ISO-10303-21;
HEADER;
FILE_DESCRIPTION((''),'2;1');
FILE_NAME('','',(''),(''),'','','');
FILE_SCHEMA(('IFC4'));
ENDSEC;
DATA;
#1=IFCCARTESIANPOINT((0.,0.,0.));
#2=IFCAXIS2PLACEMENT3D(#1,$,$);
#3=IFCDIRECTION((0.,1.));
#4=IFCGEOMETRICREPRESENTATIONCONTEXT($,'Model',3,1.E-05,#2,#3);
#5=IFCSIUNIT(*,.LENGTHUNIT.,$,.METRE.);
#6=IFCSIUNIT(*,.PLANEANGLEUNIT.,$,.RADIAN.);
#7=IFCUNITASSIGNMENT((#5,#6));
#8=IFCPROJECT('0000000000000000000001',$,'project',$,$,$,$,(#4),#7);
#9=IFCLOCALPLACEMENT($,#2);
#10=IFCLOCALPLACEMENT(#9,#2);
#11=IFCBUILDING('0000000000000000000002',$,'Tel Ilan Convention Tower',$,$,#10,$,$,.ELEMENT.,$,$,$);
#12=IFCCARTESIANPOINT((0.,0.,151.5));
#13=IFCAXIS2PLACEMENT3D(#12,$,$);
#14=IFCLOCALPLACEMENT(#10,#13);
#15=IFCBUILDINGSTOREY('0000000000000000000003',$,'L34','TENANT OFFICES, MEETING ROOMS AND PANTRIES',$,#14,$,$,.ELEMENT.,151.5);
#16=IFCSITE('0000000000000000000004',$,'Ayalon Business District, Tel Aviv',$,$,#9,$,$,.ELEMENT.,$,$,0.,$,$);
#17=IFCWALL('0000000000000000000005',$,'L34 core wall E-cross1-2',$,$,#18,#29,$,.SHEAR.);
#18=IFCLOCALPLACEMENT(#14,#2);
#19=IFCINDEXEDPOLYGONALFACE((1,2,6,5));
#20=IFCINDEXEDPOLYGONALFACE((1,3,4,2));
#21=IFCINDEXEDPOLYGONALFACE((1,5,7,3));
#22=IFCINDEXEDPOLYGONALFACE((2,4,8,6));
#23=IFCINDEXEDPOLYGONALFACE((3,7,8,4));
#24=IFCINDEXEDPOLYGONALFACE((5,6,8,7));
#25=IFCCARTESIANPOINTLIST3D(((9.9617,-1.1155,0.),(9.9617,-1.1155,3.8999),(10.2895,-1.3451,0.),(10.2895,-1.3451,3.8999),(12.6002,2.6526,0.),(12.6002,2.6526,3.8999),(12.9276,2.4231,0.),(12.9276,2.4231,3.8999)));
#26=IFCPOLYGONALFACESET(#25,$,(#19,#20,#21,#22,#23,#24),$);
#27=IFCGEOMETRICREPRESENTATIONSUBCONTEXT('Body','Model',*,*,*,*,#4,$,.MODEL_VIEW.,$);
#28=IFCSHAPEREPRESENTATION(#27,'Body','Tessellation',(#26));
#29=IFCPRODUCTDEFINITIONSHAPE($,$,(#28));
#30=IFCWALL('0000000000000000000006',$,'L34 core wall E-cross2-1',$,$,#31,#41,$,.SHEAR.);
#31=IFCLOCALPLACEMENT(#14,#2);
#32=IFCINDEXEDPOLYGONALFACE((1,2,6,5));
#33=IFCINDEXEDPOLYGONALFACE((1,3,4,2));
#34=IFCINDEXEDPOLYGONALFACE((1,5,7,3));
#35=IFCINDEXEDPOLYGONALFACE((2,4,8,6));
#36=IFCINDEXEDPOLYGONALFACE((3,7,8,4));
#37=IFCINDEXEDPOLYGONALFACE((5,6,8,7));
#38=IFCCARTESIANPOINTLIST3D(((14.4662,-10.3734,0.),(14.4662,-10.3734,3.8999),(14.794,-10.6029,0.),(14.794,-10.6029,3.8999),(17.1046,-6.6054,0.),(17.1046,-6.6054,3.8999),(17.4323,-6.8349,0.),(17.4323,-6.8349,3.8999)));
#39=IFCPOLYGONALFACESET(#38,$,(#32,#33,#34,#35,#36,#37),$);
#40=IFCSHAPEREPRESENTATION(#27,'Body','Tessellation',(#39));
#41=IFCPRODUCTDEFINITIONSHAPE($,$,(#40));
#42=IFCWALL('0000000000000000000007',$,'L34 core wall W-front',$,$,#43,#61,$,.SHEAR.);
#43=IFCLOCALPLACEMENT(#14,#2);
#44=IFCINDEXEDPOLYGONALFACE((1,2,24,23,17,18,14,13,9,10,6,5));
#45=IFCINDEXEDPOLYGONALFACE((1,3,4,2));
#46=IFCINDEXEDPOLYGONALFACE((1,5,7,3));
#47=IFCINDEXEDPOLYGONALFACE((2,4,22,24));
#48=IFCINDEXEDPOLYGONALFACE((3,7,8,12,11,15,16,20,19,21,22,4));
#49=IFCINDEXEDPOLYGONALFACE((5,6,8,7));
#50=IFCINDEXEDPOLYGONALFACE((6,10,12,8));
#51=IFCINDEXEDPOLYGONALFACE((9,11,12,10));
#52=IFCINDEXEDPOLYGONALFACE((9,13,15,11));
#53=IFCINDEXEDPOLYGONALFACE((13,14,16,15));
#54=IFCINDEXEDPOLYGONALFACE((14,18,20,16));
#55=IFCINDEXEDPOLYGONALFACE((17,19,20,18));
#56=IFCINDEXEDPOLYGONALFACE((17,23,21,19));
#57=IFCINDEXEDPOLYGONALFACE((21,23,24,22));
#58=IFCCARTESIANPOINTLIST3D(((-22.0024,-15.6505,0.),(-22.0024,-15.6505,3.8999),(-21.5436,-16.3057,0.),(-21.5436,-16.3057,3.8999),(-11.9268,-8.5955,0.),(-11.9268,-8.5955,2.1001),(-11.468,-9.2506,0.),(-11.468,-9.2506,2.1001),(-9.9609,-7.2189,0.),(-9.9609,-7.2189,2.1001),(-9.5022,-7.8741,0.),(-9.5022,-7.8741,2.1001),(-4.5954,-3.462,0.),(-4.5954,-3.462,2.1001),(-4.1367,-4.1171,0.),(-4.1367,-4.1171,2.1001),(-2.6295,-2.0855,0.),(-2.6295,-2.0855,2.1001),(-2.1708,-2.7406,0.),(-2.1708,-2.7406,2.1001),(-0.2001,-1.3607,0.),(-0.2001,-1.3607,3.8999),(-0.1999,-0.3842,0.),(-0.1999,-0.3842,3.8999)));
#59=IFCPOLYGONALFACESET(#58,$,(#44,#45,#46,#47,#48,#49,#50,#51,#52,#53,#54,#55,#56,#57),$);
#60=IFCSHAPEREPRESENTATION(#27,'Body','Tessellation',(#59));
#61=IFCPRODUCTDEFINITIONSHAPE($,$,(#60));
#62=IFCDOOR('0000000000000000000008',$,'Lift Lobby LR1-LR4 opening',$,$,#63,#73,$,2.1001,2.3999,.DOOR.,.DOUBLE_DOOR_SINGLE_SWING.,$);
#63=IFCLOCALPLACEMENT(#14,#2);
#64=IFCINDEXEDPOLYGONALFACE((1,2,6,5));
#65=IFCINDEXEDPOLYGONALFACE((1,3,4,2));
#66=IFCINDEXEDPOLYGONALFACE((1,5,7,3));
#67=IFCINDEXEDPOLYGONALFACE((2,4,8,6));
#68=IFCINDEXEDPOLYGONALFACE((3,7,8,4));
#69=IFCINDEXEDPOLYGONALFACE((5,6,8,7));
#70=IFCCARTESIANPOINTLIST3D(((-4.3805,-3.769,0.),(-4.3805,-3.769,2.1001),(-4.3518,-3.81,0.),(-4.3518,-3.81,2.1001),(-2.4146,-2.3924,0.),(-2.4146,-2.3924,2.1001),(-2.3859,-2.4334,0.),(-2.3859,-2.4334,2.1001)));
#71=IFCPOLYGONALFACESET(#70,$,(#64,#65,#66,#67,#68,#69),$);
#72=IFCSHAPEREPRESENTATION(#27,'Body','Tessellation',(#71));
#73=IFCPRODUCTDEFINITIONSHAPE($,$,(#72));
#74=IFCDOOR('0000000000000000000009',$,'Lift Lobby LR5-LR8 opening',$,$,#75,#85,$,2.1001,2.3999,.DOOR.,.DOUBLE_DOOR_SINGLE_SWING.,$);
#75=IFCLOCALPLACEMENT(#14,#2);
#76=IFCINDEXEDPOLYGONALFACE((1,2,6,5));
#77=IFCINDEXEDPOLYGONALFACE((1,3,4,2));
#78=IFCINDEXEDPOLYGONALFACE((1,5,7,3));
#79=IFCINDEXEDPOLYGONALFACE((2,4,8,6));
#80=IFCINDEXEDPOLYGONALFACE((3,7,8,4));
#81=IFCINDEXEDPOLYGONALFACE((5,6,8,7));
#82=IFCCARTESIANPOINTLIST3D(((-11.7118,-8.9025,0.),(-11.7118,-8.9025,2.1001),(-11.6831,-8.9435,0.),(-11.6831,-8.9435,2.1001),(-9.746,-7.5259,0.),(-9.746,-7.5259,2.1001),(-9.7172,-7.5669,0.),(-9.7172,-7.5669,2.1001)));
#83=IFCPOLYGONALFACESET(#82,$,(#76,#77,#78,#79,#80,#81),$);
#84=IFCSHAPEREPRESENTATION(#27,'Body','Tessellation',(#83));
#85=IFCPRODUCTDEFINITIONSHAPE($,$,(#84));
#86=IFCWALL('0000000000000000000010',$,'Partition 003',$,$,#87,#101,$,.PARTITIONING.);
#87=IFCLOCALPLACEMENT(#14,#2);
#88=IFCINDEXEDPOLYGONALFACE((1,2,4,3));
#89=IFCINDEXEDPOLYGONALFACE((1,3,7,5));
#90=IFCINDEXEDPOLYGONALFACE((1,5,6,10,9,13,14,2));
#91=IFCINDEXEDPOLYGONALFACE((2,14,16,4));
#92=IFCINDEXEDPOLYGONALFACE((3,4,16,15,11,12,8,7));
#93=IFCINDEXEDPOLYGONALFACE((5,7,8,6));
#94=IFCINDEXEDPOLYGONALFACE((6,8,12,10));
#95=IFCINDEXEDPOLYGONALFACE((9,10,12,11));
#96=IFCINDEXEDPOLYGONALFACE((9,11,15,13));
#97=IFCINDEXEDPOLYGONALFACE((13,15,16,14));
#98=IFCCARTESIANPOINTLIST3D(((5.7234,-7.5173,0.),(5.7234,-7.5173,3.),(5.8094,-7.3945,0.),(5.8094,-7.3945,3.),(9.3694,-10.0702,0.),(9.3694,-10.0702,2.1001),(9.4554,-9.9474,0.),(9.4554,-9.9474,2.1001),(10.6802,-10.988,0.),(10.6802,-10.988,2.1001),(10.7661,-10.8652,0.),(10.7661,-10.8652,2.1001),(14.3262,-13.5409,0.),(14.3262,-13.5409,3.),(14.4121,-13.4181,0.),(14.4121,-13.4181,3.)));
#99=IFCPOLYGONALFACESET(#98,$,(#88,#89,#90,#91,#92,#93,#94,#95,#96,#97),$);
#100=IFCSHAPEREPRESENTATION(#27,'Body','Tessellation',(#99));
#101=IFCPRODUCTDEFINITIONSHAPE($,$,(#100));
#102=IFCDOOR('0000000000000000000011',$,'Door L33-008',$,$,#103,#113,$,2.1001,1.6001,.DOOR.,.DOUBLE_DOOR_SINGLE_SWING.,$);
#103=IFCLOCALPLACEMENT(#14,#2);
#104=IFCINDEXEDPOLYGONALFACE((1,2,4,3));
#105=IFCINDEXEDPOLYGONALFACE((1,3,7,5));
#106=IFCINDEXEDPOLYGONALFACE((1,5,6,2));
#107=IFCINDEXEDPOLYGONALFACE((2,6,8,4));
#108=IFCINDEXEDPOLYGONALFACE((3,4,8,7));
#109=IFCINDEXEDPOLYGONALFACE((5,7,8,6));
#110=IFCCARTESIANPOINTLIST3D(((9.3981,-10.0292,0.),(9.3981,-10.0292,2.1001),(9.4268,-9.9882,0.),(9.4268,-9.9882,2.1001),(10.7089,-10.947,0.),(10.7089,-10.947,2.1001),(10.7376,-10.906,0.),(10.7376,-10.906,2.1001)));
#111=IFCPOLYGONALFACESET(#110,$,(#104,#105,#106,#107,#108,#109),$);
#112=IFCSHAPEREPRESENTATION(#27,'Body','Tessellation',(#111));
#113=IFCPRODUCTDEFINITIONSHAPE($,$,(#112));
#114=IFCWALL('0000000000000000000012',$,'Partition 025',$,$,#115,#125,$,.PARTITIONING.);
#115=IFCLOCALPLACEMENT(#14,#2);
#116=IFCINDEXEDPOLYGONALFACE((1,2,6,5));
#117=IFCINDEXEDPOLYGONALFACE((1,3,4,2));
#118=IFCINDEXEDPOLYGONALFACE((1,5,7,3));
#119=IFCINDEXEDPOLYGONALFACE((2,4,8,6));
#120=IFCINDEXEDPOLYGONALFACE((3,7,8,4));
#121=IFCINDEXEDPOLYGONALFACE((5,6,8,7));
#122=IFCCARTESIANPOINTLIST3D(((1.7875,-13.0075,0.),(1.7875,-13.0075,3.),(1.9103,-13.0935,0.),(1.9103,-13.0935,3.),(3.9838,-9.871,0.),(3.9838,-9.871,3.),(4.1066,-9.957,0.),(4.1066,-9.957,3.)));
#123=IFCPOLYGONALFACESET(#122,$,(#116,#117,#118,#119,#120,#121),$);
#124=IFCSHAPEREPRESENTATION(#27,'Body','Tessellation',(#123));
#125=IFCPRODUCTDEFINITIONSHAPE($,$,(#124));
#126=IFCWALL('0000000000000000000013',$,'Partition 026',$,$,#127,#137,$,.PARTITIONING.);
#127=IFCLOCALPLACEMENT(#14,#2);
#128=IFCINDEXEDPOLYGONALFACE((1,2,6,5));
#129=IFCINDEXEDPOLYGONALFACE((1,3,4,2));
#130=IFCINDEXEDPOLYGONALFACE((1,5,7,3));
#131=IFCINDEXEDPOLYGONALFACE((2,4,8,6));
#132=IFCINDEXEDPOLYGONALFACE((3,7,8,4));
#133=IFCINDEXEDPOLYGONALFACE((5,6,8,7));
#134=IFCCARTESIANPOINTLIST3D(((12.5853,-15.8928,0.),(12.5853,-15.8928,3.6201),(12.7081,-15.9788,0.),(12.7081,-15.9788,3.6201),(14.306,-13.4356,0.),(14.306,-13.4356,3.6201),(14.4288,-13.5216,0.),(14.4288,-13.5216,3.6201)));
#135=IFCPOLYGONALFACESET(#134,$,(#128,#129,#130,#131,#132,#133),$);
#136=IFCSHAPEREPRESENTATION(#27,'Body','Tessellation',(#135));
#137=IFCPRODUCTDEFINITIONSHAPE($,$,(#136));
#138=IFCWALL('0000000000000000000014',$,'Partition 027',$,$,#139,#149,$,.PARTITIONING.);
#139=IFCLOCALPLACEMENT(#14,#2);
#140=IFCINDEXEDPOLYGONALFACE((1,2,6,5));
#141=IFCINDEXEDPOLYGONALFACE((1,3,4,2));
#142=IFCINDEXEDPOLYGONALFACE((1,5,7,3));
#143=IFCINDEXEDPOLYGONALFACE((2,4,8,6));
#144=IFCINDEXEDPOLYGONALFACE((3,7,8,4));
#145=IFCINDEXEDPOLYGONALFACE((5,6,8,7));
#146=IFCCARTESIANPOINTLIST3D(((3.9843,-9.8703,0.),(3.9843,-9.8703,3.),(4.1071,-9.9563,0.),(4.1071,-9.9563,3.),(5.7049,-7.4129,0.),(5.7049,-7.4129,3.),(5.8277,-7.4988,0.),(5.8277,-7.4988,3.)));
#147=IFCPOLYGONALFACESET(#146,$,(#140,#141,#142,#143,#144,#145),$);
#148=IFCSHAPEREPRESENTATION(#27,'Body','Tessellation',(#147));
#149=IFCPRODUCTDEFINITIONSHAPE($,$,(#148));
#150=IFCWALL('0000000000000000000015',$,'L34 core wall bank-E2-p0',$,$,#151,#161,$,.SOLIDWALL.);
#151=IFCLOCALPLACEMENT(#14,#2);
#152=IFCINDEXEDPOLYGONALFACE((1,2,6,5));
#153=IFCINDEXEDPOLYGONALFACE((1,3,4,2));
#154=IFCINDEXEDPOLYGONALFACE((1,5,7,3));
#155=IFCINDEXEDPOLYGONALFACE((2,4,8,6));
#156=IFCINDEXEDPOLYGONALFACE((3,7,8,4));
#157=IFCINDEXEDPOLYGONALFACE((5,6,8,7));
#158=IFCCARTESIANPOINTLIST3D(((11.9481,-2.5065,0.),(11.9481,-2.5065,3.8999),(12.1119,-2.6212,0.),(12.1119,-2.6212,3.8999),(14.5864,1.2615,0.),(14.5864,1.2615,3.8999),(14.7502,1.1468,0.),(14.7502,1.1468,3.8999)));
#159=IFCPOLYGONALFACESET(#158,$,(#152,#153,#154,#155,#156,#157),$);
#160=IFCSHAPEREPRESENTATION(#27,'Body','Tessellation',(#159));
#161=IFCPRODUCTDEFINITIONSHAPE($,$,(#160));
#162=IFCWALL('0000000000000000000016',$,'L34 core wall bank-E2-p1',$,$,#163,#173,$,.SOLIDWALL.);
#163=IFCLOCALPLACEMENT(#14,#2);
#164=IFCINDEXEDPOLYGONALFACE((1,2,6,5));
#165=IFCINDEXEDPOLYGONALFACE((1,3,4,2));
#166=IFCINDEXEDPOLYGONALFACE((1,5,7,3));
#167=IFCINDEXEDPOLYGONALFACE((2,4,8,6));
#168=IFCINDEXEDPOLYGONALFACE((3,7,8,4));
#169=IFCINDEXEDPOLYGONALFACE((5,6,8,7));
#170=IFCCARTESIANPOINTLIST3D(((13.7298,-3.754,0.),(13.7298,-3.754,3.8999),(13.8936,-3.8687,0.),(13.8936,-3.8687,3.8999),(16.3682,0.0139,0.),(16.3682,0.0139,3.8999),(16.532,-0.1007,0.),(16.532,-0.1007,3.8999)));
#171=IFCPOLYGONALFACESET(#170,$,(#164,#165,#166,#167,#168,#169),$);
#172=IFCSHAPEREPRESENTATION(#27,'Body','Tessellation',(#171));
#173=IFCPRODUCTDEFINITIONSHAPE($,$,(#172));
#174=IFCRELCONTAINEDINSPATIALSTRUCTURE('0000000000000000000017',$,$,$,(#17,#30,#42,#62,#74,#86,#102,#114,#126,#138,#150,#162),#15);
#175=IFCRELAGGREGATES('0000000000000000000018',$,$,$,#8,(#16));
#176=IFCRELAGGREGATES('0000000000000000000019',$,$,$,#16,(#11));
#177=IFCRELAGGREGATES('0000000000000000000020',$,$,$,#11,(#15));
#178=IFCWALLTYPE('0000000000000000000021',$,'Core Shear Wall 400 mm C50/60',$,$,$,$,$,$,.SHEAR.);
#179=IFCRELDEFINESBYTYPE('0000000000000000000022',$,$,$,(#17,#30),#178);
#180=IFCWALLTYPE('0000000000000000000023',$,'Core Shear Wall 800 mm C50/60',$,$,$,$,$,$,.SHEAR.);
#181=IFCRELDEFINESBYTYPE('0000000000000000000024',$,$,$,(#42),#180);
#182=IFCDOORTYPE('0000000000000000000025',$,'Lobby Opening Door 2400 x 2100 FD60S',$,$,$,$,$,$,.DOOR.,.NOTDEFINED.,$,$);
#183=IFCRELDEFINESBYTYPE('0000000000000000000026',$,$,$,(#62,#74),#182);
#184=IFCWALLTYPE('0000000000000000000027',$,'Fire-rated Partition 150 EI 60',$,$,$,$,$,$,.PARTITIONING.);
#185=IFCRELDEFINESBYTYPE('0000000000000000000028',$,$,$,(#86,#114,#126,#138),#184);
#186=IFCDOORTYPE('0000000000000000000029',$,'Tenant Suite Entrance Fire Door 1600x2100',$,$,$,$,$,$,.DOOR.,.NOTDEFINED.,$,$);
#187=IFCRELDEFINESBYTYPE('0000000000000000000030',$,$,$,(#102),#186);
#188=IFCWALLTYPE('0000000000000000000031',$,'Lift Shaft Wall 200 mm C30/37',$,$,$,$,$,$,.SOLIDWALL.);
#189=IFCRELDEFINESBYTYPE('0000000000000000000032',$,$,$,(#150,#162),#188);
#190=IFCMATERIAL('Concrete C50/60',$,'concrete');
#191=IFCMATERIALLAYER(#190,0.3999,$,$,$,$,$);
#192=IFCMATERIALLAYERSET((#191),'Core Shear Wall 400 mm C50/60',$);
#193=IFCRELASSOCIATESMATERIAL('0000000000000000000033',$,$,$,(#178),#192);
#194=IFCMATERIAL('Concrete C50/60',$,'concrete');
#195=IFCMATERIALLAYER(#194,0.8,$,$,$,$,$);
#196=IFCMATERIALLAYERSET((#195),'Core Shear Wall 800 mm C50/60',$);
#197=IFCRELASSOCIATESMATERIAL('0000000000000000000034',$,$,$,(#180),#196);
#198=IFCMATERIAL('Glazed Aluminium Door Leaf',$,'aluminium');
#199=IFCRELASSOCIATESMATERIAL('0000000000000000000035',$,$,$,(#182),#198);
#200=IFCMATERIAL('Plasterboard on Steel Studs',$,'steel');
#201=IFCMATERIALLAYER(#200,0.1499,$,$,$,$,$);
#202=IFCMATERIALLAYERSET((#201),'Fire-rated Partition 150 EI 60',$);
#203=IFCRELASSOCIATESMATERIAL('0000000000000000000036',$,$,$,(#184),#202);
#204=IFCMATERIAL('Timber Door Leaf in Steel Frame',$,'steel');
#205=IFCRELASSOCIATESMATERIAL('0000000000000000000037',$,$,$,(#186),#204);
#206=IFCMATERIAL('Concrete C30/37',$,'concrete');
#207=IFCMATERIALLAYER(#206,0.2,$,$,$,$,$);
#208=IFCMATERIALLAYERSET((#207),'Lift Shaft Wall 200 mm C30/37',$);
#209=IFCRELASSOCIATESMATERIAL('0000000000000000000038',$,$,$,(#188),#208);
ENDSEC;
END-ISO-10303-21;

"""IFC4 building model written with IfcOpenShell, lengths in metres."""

from ifc_helpers import new_model, si_unit, direction, frame, frame_2d, origin, place, context, subcontext, project, spatial, polyline, rectangle, outline, extrude, material, layer, layer_set, type_object, element, fill, save


model = new_model("IFC4")

# Units and contexts
model_context = context("Model", 3, precision=1e-05, world=origin(), true_north=direction((0.0, 1.0)))
body_context = subcontext(model_context, "Body", "Model", "MODEL_VIEW")
ifc_project = project(units=[si_unit("LENGTHUNIT", "METRE"), si_unit("PLANEANGLEUNIT", "RADIAN")], contexts=[model_context])

# Site, building, storey
site_placement = place(None, origin())
site = spatial("IfcSite", under=ifc_project, at=site_placement, Name="Ayalon Business District, Tel Aviv", CompositionType="ELEMENT", RefElevation=0.0)
building_placement = place(site_placement, origin())
building = spatial("IfcBuilding", under=site, at=building_placement, Name="Tel Ilan Convention Tower", CompositionType="ELEMENT")
storey_placement = place(building_placement, frame((0.0, 0.0, 151.5)))
storey = spatial("IfcBuildingStorey", under=building, at=storey_placement, Name="L34", Description="TENANT OFFICES, MEETING ROOMS AND PANTRIES", CompositionType="ELEMENT", Elevation=151.5)

# Walls
ifc_material_1 = material(Name="Concrete C50/60", Category="concrete")
ifc_layer_1 = layer(ifc_material_1, 0.3999)
ifc_layer_set_1 = layer_set([ifc_layer_1], Name="Core Shear Wall 400 mm C50/60")
wall_type_1 = type_object("IfcWallType", Name="Core Shear Wall 400 mm C50/60", PredefinedType="SHEAR", material=ifc_layer_set_1)
wall_1_placement = place(storey_placement, frame((10.1255, -1.2302, 0.0), z_axis=(0.0, 0.0, 1.0), x_axis=(0.573576, 0.819152, 0.0)))
element("IfcWall", 1, at=wall_1_placement, inside=storey, type_object=wall_type_1, Name="L34 core wall E-cross1-2", PredefinedType="SHEAR", context=body_context, shape_type="SweptSolid", body=[
    extrude(outline(polyline([(4.5999, -0.2), (4.6001, 0.2), (0.0, 0.2), (0.0, -0.2002), (4.5999, -0.2)])), origin(), (0.0, 0.0, 1.0), 3.8999),
])
wall_2_placement = place(storey_placement, frame((14.6299, -10.4883, 0.0), z_axis=(0.0, 0.0, 1.0), x_axis=(0.573612, 0.819127, 0.0)))
element("IfcWall", 2, at=wall_2_placement, inside=storey, type_object=wall_type_1, Name="L34 core wall E-cross2-1", PredefinedType="SHEAR", context=body_context, shape_type="SweptSolid", body=[
    extrude(outline(polyline([(0.0002, 0.2), (0.0002, -0.2002), (4.6001, -0.2), (4.6001, 0.2002), (0.0002, 0.2)])), origin(), (0.0, 0.0, 1.0), 3.8999),
])

# Wall, openings, doors
ifc_material_2 = material(Name="Concrete C50/60", Category="concrete")
ifc_layer_2 = layer(ifc_material_2, 0.8)
ifc_layer_set_2 = layer_set([ifc_layer_2], Name="Core Shear Wall 800 mm C50/60")
wall_type_2 = type_object("IfcWallType", Name="Core Shear Wall 800 mm C50/60", PredefinedType="SHEAR", material=ifc_layer_set_2)
wall_3_placement = place(storey_placement, frame((0.0293, -0.7119, 0.0), z_axis=(0.0, 0.0, 1.0), x_axis=(-0.819152, -0.573577, 0.0)))
wall_3 = element("IfcWall", 3, at=wall_3_placement, inside=storey, type_object=wall_type_2, Name="L34 core wall W-front", PredefinedType="SHEAR", context=body_context, shape_type="SweptSolid", body=[
    extrude(outline(polyline([(26.6157, 0.3999), (0.5601, 0.3999), (-0.0002, -0.3999), (26.6157, -0.3999), (26.6157, 0.3999)])), origin(), (0.0, 0.0, 1.0), 3.8999),
])
opening_1_placement = place(wall_3_placement, frame((2.9658, 0.0, 0.0)))
opening_1 = element("IfcOpeningElement", 4, at=opening_1_placement, cuts=wall_3, PredefinedType="OPENING", context=body_context, shape_type="SweptSolid", body=[
    extrude(rectangle(XDim=2.3999, YDim=2.1001, at=frame_2d((1.2, 1.05))), frame((0.0, 0.4099, 0.0), z_axis=(0.0, -1.0, 0.0), x_axis=(1.0, 0.0, 0.0)), (0.0, 0.0, 1.0), 0.8201),
])
opening_2_placement = place(wall_3_placement, frame((11.9158, 0.0, 0.0)))
opening_2 = element("IfcOpeningElement", 5, at=opening_2_placement, cuts=wall_3, PredefinedType="OPENING", context=body_context, shape_type="SweptSolid", body=[
    extrude(rectangle(XDim=2.3999, YDim=2.1001, at=frame_2d((1.2, 1.05))), frame((0.0, 0.4099, 0.0), z_axis=(0.0, -1.0, 0.0), x_axis=(1.0, 0.0, 0.0)), (0.0, 0.0, 1.0), 0.8201),
])
ifc_material_3 = material(Name="Glazed Aluminium Door Leaf", Category="aluminium")
door_type_1 = type_object("IfcDoorType", Name="Lobby Opening Door 2400 x 2100 FD60S", OperationType="NOTDEFINED", PredefinedType="DOOR", material=ifc_material_3)
door_1_placement = place(opening_1_placement, origin())
door_1 = element("IfcDoor", 6, at=door_1_placement, inside=storey, type_object=door_type_1, Name="Lift Lobby LR1-LR4 opening", OperationType="DOUBLE_DOOR_SINGLE_SWING", OverallHeight=2.1001, OverallWidth=2.3999, PredefinedType="DOOR", context=body_context, shape_type="SweptSolid", body=[
    extrude(rectangle(XDim=2.3999, YDim=2.1001, at=frame_2d((1.2, 1.05))), frame((0.0, 0.0249, 0.0), z_axis=(0.0, -1.0, 0.0), x_axis=(1.0, 0.0, 0.0)), (0.0, 0.0, 1.0), 0.05),
])
fill(opening_1, door_1)
door_2_placement = place(opening_2_placement, origin())
door_2 = element("IfcDoor", 7, at=door_2_placement, inside=storey, type_object=door_type_1, Name="Lift Lobby LR5-LR8 opening", OperationType="DOUBLE_DOOR_SINGLE_SWING", OverallHeight=2.1001, OverallWidth=2.3999, PredefinedType="DOOR", context=body_context, shape_type="SweptSolid", body=[
    extrude(rectangle(XDim=2.3999, YDim=2.1001, at=frame_2d((1.2, 1.05))), frame((0.0, 0.0249, 0.0), z_axis=(0.0, -1.0, 0.0), x_axis=(1.0, 0.0, 0.0)), (0.0, 0.0, 1.0), 0.05),
])
fill(opening_2, door_2)

# Wall, opening, door
ifc_material_4 = material(Name="Plasterboard on Steel Studs", Category="steel")
ifc_layer_3 = layer(ifc_material_4, 0.1499)
ifc_layer_set_3 = layer_set([ifc_layer_3], Name="Fire-rated Partition 150 EI 60")
wall_type_3 = type_object("IfcWallType", Name="Fire-rated Partition 150 EI 60", PredefinedType="PARTITIONING", material=ifc_layer_set_3)
wall_4_placement = place(storey_placement, frame((14.3691, -13.4795, 0.0), z_axis=(0.0, 0.0, 1.0), x_axis=(-0.819154, 0.573573, 0.0)))
wall_4 = element("IfcWall", 8, at=wall_4_placement, inside=storey, type_object=wall_type_3, Name="Partition 003", PredefinedType="PARTITIONING", context=body_context, shape_type="SweptSolid", body=[
    extrude(rectangle(XDim=10.502, YDim=0.1499, at=frame_2d((5.251, 0.0))), origin(), (0.0, 0.0, 1.0), 3.0),
])
opening_3_placement = place(wall_4_placement, frame((4.4509, 0.0, 0.0)))
opening_3 = element("IfcOpeningElement", 9, at=opening_3_placement, cuts=wall_4, PredefinedType="OPENING", context=body_context, shape_type="SweptSolid", body=[
    extrude(rectangle(XDim=1.6001, YDim=2.1001, at=frame_2d((0.8, 1.05))), frame((0.0, 0.085, 0.0), z_axis=(0.0, -1.0, 0.0), x_axis=(1.0, 0.0, 0.0)), (0.0, 0.0, 1.0), 0.1699),
])
ifc_material_5 = material(Name="Timber Door Leaf in Steel Frame", Category="steel")
door_type_2 = type_object("IfcDoorType", Name="Tenant Suite Entrance Fire Door 1600x2100", OperationType="NOTDEFINED", PredefinedType="DOOR", material=ifc_material_5)
door_3_placement = place(opening_3_placement, origin())
door_3 = element("IfcDoor", 10, at=door_3_placement, inside=storey, type_object=door_type_2, Name="Door L33-008", OperationType="DOUBLE_DOOR_SINGLE_SWING", OverallHeight=2.1001, OverallWidth=1.6001, PredefinedType="DOOR", context=body_context, shape_type="SweptSolid", body=[
    extrude(rectangle(XDim=1.6001, YDim=2.1001, at=frame_2d((0.8, 1.05))), frame((0.0, 0.0249, 0.0), z_axis=(0.0, -1.0, 0.0), x_axis=(1.0, 0.0, 0.0)), (0.0, 0.0, 1.0), 0.05),
])
fill(opening_3, door_3)

# Walls
wall_5_placement = place(storey_placement, frame((1.8489, -13.0505, 0.0), z_axis=(0.0, 0.0, 1.0), x_axis=(0.573595, 0.819139, 0.0)))
element("IfcWall", 11, at=wall_5_placement, inside=storey, type_object=wall_type_3, Name="Partition 025", PredefinedType="PARTITIONING", context=body_context, shape_type="SweptSolid", body=[
    extrude(rectangle(XDim=3.8291, YDim=0.1499, at=frame_2d((1.9146, 0.0))), origin(), (0.0, 0.0, 1.0), 3.0),
])
wall_6_placement = place(storey_placement, frame((14.3674, -13.4785, 0.0), z_axis=(0.0, 0.0, 1.0), x_axis=(-0.573599, -0.819136, 0.0)))
element("IfcWall", 12, at=wall_6_placement, inside=storey, type_object=wall_type_3, Name="Partition 026", PredefinedType="PARTITIONING", context=body_context, shape_type="SweptSolid", body=[
    extrude(rectangle(XDim=2.9998, YDim=0.1499, at=frame_2d((1.5, 0.0))), origin(), (0.0, 0.0, 1.0), 3.6201),
])
wall_7_placement = place(storey_placement, frame((4.0457, -9.9133, 0.0), z_axis=(0.0, 0.0, 1.0), x_axis=(0.573561, 0.819163, 0.0)))
element("IfcWall", 13, at=wall_7_placement, inside=storey, type_object=wall_type_3, Name="Partition 027", PredefinedType="PARTITIONING", context=body_context, shape_type="SweptSolid", body=[
    extrude(rectangle(XDim=3.0, YDim=0.1499, at=frame_2d((1.5, 0.0))), origin(), (0.0, 0.0, 1.0), 3.0),
])
ifc_material_6 = material(Name="Concrete C30/37", Category="concrete")
ifc_layer_4 = layer(ifc_material_6, 0.2)
ifc_layer_set_4 = layer_set([ifc_layer_4], Name="Lift Shaft Wall 200 mm C30/37")
wall_type_4 = type_object("IfcWallType", Name="Lift Shaft Wall 200 mm C30/37", PredefinedType="SOLIDWALL", material=ifc_layer_set_4)
for number, where, z_axis, x_axis, name in (
    (14, (12.03, -2.5637, 0.0), (0.0, 0.0, 1.0), (0.573576, 0.819152, 0.0), "L34 core wall bank-E2-p0"),
    (15, (13.8118, -3.8113, 0.0), (0.0, 0.0, 1.0), (0.573576, 0.819152, 0.0), "L34 core wall bank-E2-p1"),
):
    element("IfcWall", number, at=place(storey_placement, frame(where, z_axis=z_axis, x_axis=x_axis)), inside=storey, type_object=wall_type_4, Name=name, PredefinedType="SOLIDWALL", context=body_context, shape_type="SweptSolid", body=[
        extrude(rectangle(XDim=4.5999, YDim=0.2, at=frame_2d((2.2998, 0.0))), origin(), (0.0, 0.0, 1.0), 3.8999),
    ])

save(model, "model.ifc")
